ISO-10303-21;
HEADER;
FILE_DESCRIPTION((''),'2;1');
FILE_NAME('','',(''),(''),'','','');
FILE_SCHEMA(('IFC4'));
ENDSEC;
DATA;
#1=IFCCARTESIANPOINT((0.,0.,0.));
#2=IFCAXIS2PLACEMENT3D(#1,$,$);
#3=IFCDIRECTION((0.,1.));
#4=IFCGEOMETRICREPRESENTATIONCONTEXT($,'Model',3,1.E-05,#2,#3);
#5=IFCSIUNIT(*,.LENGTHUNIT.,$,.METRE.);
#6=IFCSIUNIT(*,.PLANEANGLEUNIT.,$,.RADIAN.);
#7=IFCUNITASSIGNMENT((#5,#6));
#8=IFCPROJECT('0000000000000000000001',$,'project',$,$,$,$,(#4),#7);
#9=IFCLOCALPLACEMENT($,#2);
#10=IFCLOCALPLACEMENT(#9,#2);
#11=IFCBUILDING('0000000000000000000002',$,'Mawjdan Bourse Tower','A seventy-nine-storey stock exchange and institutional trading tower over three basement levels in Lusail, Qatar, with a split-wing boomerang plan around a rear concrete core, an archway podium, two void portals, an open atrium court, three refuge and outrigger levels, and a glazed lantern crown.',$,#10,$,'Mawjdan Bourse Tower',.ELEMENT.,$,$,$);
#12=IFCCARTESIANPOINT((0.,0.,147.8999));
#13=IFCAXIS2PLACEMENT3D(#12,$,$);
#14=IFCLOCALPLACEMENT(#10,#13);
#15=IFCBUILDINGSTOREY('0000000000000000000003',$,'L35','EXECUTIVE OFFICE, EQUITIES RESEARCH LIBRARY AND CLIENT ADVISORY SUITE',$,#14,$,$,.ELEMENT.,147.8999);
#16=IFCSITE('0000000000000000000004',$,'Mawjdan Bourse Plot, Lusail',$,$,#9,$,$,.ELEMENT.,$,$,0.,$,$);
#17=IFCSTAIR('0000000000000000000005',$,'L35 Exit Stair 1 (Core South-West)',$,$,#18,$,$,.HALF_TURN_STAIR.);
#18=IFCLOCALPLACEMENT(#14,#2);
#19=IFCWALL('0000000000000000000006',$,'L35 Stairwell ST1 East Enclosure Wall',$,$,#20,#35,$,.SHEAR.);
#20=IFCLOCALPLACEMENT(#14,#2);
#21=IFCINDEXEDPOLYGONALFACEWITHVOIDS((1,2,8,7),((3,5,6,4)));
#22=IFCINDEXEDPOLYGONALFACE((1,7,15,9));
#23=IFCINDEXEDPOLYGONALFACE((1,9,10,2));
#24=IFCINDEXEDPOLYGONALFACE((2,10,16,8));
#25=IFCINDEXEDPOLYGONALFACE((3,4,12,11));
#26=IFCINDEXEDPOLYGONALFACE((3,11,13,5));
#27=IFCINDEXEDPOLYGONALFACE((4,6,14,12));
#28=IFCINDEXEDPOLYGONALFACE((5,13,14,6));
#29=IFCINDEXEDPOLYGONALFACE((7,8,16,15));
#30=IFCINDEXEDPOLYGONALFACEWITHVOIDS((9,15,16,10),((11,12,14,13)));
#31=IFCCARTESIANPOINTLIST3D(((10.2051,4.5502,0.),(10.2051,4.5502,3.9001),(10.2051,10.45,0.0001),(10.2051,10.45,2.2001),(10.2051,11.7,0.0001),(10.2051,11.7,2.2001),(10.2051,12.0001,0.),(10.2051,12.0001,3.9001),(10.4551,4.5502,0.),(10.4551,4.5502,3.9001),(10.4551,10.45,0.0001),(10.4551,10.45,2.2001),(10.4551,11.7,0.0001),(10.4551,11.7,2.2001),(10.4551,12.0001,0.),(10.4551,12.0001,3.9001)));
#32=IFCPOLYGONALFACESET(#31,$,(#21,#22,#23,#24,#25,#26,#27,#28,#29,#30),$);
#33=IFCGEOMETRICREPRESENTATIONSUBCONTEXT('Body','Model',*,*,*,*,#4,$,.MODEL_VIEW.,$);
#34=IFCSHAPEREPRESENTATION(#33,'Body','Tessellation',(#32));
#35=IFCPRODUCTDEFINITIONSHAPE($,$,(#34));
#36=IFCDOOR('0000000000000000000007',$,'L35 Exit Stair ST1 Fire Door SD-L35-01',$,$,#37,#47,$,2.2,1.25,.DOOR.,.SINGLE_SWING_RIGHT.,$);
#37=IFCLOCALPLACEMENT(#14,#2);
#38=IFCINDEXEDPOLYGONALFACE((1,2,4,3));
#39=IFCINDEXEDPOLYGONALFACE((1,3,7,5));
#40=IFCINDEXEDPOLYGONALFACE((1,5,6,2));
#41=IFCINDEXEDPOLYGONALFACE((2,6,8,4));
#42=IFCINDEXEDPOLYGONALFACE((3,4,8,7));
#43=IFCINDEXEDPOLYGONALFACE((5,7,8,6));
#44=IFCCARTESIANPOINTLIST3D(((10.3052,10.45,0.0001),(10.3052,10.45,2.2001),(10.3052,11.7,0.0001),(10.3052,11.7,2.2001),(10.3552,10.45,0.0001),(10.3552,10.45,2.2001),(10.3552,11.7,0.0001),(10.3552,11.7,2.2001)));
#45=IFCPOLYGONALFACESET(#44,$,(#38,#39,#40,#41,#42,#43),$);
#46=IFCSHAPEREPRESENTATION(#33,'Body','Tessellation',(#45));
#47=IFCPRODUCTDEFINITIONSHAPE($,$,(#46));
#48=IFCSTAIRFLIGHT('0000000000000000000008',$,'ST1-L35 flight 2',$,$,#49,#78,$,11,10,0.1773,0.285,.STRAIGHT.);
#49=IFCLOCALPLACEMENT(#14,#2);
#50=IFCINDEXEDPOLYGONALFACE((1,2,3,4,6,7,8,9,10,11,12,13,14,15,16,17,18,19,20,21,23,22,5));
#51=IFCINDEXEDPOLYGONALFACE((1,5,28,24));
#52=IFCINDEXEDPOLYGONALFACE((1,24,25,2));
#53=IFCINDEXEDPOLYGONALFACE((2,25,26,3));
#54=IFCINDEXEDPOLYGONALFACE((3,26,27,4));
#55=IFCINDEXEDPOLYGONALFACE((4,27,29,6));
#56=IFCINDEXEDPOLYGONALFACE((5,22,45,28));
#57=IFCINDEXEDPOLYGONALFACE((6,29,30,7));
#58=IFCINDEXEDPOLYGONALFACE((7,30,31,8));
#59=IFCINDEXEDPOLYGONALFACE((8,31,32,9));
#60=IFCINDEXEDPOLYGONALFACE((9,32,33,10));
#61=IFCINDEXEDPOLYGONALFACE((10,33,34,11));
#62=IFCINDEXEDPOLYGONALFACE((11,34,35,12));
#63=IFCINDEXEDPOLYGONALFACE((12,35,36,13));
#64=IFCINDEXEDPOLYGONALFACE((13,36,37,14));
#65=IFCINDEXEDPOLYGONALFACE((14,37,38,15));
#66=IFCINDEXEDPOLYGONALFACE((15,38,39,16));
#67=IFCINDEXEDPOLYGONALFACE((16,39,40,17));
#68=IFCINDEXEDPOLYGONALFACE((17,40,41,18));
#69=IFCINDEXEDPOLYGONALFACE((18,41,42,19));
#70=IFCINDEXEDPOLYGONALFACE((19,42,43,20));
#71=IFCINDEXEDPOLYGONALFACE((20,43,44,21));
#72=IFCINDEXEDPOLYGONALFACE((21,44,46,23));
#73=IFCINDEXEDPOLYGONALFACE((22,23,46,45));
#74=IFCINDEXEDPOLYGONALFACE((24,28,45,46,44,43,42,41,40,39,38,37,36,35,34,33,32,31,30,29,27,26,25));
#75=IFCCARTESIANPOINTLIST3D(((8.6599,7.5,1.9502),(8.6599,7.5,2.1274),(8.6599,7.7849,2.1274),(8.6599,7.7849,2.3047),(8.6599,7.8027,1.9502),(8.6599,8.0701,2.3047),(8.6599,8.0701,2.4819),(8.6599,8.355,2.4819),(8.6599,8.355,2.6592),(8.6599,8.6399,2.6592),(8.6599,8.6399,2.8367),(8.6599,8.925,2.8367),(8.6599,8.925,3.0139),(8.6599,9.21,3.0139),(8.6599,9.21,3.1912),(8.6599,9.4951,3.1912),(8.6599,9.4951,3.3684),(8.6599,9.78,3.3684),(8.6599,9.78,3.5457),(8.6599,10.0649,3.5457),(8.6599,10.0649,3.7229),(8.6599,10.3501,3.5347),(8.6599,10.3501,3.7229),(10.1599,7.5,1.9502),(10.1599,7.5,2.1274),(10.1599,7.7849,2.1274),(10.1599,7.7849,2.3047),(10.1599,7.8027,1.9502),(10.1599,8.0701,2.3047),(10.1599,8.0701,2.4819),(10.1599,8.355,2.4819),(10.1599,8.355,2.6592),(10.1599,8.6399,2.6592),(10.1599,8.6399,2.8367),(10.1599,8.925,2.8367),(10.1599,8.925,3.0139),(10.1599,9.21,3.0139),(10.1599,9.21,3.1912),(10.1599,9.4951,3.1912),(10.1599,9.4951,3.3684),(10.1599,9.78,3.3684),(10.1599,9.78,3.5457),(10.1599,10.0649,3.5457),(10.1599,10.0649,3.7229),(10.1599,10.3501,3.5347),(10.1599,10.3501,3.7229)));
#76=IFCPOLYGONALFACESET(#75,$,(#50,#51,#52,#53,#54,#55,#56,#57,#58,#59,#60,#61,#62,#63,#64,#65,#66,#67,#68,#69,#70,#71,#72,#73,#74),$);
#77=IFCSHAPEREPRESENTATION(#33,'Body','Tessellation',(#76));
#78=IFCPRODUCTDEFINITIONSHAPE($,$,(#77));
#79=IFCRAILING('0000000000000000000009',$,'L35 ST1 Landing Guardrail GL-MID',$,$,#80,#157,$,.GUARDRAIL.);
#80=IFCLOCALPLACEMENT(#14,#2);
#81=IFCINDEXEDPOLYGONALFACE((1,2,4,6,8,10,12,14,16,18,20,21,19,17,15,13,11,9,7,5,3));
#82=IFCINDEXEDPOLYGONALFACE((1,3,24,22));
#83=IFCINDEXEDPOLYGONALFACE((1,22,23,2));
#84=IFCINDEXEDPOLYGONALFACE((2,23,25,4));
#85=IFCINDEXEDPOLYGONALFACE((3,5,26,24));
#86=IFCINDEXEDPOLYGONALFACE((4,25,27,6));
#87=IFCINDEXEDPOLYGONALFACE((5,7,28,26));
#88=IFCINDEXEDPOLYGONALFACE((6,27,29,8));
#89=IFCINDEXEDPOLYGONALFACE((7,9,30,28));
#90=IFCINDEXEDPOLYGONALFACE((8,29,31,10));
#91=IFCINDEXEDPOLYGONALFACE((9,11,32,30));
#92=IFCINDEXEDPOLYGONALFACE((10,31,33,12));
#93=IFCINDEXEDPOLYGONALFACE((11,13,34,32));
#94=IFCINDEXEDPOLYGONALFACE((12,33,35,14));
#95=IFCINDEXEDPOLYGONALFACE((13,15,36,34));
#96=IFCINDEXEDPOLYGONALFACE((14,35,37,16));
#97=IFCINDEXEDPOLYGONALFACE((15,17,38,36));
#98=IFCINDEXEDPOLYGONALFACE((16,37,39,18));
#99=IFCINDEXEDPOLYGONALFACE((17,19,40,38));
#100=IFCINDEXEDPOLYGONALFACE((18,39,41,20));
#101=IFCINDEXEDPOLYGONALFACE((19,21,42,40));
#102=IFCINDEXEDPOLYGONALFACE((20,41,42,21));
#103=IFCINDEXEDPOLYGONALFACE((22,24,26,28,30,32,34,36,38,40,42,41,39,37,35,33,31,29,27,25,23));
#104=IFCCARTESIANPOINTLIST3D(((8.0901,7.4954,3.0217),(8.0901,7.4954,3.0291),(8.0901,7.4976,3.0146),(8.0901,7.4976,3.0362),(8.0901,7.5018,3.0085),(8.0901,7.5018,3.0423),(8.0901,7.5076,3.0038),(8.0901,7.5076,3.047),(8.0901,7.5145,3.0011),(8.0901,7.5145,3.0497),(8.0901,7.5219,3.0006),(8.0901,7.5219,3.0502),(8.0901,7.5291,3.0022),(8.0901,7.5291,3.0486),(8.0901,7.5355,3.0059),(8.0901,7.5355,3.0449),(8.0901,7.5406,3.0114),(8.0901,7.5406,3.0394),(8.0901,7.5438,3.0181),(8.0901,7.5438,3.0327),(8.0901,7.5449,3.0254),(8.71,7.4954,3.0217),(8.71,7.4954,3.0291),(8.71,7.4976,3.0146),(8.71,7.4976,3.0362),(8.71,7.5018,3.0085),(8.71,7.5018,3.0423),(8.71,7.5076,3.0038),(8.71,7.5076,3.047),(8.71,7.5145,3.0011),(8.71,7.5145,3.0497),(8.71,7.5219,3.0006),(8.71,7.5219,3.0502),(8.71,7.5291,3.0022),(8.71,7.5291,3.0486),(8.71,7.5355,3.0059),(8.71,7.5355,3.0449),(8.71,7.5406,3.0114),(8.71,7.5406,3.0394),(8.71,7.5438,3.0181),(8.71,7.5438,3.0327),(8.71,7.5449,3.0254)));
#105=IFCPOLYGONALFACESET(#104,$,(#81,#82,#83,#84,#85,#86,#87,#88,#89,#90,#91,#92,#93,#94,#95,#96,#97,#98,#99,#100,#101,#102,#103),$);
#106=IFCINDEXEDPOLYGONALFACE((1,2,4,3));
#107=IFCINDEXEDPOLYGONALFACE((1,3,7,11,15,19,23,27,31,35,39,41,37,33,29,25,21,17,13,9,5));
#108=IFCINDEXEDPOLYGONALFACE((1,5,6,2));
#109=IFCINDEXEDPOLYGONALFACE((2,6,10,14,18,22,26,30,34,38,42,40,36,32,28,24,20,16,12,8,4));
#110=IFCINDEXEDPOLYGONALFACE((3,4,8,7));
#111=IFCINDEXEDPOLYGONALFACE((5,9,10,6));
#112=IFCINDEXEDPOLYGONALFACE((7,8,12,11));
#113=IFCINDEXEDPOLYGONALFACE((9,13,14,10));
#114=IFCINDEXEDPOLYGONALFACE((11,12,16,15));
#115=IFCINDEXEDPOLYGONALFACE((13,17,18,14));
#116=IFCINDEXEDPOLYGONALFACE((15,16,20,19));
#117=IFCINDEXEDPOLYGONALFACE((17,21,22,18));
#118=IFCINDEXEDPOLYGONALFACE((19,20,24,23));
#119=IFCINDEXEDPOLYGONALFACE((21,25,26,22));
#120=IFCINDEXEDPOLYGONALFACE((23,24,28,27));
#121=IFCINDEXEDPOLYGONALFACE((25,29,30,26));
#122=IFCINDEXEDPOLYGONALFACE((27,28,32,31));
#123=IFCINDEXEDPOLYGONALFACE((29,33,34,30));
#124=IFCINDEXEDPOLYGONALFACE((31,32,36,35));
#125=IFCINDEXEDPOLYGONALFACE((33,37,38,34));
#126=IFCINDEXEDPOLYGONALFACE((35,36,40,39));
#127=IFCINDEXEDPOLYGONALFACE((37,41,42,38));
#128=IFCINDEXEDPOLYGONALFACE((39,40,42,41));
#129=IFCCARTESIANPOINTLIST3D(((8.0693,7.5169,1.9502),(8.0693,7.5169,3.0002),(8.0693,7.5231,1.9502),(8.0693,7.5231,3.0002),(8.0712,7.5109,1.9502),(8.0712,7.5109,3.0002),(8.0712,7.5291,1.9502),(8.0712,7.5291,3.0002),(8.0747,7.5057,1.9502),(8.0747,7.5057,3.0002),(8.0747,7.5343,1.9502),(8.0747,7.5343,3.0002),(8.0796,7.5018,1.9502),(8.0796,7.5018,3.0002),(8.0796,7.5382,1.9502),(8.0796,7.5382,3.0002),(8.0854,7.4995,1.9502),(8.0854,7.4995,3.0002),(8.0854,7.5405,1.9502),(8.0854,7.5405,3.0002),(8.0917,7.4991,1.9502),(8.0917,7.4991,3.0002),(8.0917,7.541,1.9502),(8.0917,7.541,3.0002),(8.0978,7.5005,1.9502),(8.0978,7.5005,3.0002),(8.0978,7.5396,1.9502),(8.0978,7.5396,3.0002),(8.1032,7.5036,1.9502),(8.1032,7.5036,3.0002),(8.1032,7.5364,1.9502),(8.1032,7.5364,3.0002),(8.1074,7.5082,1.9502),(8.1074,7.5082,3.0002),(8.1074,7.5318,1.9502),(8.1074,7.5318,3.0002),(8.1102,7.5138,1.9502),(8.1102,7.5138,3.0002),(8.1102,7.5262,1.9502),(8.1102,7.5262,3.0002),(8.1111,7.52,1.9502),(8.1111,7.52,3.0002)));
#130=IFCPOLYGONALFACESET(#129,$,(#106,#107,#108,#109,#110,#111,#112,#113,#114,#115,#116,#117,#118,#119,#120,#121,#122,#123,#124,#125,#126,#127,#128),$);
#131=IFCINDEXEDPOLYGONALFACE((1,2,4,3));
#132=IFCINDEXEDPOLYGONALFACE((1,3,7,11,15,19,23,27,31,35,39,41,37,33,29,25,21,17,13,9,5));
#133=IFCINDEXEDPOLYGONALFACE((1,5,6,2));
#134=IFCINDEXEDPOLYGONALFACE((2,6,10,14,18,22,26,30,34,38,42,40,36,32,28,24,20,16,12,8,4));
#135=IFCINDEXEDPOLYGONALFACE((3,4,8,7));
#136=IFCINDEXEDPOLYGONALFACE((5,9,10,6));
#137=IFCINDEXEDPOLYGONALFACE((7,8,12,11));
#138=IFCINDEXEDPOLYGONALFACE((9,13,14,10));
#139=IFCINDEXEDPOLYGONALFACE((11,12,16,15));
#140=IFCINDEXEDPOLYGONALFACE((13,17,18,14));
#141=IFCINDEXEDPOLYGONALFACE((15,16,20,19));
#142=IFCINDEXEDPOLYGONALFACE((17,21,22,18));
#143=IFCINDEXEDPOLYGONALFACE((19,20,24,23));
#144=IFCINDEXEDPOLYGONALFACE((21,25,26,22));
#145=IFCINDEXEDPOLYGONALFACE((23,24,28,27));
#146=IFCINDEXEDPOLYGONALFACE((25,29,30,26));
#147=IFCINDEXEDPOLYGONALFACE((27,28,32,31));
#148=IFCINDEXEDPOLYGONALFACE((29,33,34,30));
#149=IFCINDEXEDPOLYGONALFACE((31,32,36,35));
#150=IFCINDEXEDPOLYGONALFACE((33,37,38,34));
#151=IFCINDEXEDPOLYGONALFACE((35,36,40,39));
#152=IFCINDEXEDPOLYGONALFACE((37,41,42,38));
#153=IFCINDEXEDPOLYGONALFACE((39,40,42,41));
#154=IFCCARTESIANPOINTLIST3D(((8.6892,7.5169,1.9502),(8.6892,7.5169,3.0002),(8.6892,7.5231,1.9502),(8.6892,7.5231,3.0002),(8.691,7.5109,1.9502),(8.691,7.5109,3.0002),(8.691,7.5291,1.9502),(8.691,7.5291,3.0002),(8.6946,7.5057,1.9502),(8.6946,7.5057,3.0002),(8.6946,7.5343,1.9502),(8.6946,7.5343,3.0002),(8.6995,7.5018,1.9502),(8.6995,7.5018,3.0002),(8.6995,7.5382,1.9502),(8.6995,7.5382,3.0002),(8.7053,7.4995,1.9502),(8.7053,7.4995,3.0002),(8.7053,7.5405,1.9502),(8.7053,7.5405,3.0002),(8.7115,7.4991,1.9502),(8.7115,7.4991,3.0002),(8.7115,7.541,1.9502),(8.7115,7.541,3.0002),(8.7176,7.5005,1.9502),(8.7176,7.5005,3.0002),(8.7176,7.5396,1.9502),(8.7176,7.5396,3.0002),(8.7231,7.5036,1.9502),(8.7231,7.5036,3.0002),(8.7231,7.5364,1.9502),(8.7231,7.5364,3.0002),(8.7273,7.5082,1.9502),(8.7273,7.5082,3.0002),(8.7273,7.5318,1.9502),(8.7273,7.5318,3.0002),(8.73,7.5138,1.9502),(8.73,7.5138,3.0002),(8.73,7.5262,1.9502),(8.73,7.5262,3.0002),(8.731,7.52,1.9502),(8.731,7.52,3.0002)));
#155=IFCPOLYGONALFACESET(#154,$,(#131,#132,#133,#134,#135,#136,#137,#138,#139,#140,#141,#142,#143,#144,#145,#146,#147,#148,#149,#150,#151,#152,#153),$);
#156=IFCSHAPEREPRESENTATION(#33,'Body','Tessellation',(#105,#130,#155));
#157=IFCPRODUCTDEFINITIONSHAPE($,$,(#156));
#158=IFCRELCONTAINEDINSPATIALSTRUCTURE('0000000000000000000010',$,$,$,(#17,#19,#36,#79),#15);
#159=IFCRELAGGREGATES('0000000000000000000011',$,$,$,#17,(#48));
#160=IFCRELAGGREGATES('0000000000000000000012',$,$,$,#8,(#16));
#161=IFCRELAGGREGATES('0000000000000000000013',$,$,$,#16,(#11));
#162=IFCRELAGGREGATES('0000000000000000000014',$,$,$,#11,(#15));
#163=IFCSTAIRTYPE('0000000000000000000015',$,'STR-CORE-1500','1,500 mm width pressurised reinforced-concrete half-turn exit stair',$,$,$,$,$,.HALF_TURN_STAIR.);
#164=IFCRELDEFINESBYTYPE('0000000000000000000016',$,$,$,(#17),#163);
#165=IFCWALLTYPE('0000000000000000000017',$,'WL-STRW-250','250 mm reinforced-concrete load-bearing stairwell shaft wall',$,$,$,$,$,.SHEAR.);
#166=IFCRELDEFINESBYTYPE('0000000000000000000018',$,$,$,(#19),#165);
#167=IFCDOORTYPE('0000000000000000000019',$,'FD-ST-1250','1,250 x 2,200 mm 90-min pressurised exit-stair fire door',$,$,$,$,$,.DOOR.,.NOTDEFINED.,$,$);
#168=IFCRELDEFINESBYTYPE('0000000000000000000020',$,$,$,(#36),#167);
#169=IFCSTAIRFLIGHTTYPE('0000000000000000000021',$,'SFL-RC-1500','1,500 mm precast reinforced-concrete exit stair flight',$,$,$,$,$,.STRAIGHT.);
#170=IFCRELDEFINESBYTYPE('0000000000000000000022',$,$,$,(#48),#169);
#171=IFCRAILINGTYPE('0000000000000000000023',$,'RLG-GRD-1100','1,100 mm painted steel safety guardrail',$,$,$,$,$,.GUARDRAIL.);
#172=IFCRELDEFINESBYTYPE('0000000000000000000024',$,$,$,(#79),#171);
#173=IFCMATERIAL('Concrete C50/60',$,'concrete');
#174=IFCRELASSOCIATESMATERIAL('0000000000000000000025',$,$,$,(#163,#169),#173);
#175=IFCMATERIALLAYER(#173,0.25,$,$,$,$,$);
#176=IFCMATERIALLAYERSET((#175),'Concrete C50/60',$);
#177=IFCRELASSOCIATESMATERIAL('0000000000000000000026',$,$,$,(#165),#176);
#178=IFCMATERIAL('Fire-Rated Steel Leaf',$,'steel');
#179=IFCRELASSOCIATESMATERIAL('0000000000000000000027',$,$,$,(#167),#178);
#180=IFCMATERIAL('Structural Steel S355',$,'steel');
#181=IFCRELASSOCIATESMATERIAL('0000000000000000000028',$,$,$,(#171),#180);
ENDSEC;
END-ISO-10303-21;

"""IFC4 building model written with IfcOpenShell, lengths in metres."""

from ifc_helpers import new_model, si_unit, direction, frame, frame_2d, origin, origin_2d, place, context, subcontext, project, spatial, polyline, rectangle, circle, outline, extrude, material, layer, layer_set, type_object, element, fill, aggregate, save


model = new_model("IFC4")

# Units and contexts
model_context = context("Model", 3, precision=1e-05, world=origin(), true_north=direction((0.0, 1.0)))
body_context = subcontext(model_context, "Body", "Model", "MODEL_VIEW")
ifc_project = project(units=[si_unit("LENGTHUNIT", "METRE"), si_unit("PLANEANGLEUNIT", "RADIAN")], contexts=[model_context])

# Site, building, storey
site_placement = place(None, origin())
site = spatial("IfcSite", under=ifc_project, at=site_placement, Name="Mawjdan Bourse Plot, Lusail", CompositionType="ELEMENT", RefElevation=0.0)
building_placement = place(site_placement, origin())
building = spatial("IfcBuilding", under=site, at=building_placement, Name="Mawjdan Bourse Tower", Description="A seventy-nine-storey stock exchange and institutional trading tower over three basement levels in Lusail, Qatar, with a split-wing boomerang plan around a rear concrete core, an archway podium, two void portals, an open atrium court, three refuge and outrigger levels, and a glazed lantern crown.", LongName="Mawjdan Bourse Tower", CompositionType="ELEMENT")
storey_placement = place(building_placement, frame((0.0, 0.0, 147.8999)))
storey = spatial("IfcBuildingStorey", under=building, at=storey_placement, Name="L35", Description="EXECUTIVE OFFICE, EQUITIES RESEARCH LIBRARY AND CLIENT ADVISORY SUITE", CompositionType="ELEMENT", Elevation=147.8999)

# Shared definitions
ifc_material_1 = material(Name="Structural Steel S355", Category="steel")

# Stair
ifc_material_2 = material(Name="Concrete C50/60", Category="concrete")
stair_type = type_object("IfcStairType", Name="STR-CORE-1500", Description="1,500 mm width pressurised reinforced-concrete half-turn exit stair", PredefinedType="HALF_TURN_STAIR", material=ifc_material_2)
stair_1_placement = place(storey_placement, origin())
stair_1 = element("IfcStair", 1, at=stair_1_placement, inside=storey, type_object=stair_type, Name="L35 Exit Stair 1 (Core South-West)", PredefinedType="HALF_TURN_STAIR")

# Shared definitions
ifc_material_3 = material(Name="Fire-Rated Steel Leaf", Category="steel")

# Shared definitions
ifc_layer_1 = layer(ifc_material_2, 0.25)
ifc_layer_set_1 = layer_set([ifc_layer_1], Name="Concrete C50/60")
wall_type_1 = type_object("IfcWallType", Name="WL-STRW-250", Description="250 mm reinforced-concrete load-bearing stairwell shaft wall", PredefinedType="SHEAR", material=ifc_layer_set_1)

# Wall, opening, door
wall_1_placement = place(storey_placement, frame((10.3301, 4.55, 0.0), z_axis=(0.0, 0.0, 1.0), x_axis=(0.0, 1.0, 0.0)))
wall_1 = element("IfcWall", 2, at=wall_1_placement, inside=storey, type_object=wall_type_1, Name="L35 Stairwell ST1 East Enclosure Wall", PredefinedType="SHEAR", context=body_context, shape_type="SweptSolid", body=[
    extrude(rectangle(XDim=7.45, YDim=0.25, at=frame_2d((3.7251, 0.0))), origin(), (0.0, 0.0, 1.0), 3.9001),
])
opening_1_placement = place(wall_1_placement, frame((5.8999, 0.0, 0.0)))
opening_1 = element("IfcOpeningElement", 3, at=opening_1_placement, cuts=wall_1, PredefinedType="OPENING", context=body_context, shape_type="SweptSolid", body=[
    extrude(rectangle(XDim=1.25, YDim=2.2, at=frame_2d((0.625, 1.1001))), frame((0.0, 0.135, 0.0), z_axis=(0.0, -1.0, 0.0), x_axis=(1.0, 0.0, 0.0)), (0.0, 0.0, 1.0), 0.27),
])
door_type_1 = type_object("IfcDoorType", Name="FD-ST-1250", Description="1,250 x 2,200 mm 90-min pressurised exit-stair fire door", OperationType="NOTDEFINED", PredefinedType="DOOR", material=ifc_material_3)
door_1_placement = place(opening_1_placement, origin())
door_1 = element("IfcDoor", 4, at=door_1_placement, inside=storey, type_object=door_type_1, Name="L35 Exit Stair ST1 Fire Door SD-L35-01", OperationType="SINGLE_SWING_RIGHT", OverallHeight=2.2, OverallWidth=1.25, PredefinedType="DOOR", context=body_context, shape_type="SweptSolid", body=[
    extrude(rectangle(XDim=1.25, YDim=2.2, at=frame_2d((0.625, 1.1001))), frame((0.0, 0.0249, 0.0), z_axis=(0.0, -1.0, 0.0), x_axis=(1.0, 0.0, 0.0)), (0.0, 0.0, 1.0), 0.05),
])
fill(opening_1, door_1)

# Stair flight
stair_flight_type = type_object("IfcStairFlightType", Name="SFL-RC-1500", Description="1,500 mm precast reinforced-concrete exit stair flight", PredefinedType="STRAIGHT", material=ifc_material_2)
stair_flight_placement = place(storey_placement, frame((9.4099, 7.5, 1.9502), z_axis=(0.0, 0.0, 1.0), x_axis=(0.0, 1.0, 0.0)))
stair_flight = element("IfcStairFlight", 5, at=stair_flight_placement, type_object=stair_flight_type, Name="ST1-L35 flight 2", NumberOfRisers=11, NumberOfTreads=10, PredefinedType="STRAIGHT", RiserHeight=0.1773, TreadLength=0.285, context=body_context, shape_type="SweptSolid", body=[
    extrude(outline(polyline([(0.0, 0.0), (0.0, 0.1772), (0.2849, 0.1772), (0.2849, 0.3545), (0.5701, 0.3545), (0.5701, 0.5317), (0.855, 0.5317), (0.855, 0.709), (1.1399, 0.709), (1.1399, 0.8865), (1.425, 0.8865), (1.425, 1.0637), (1.71, 1.0637), (1.71, 1.241), (1.9951, 1.241), (1.9951, 1.4182), (2.28, 1.4182), (2.28, 1.5955), (2.5649, 1.5955), (2.5649, 1.7727), (2.8501, 1.7727), (2.8501, 1.95), (2.8501, 1.5845), (0.3027, 0.0), (0.0, 0.0)])), frame((0.0, 0.75, 0.0), z_axis=(0.0, -1.0, 0.0), x_axis=(1.0, 0.0, 0.0)), (0.0, 0.0, 1.0), 1.5),
])
aggregate(stair_1, [stair_flight])

# Railing
railing_type_1 = type_object("IfcRailingType", Name="RLG-GRD-1100", Description="1,100 mm painted steel safety guardrail", PredefinedType="GUARDRAIL", material=ifc_material_1)
for number, where, name in (
    (6, (8.0901, 7.52, 1.9502), "L35 ST1 Landing Guardrail GL-MID"),
):
    element("IfcRailing", number, at=place(storey_placement, frame(where)), inside=storey, type_object=railing_type_1, Name=name, PredefinedType="GUARDRAIL", context=body_context, shape_type="SweptSolid", body=[
        extrude(circle(Radius=0.0249, at=origin_2d()), frame((0.0, 0.0, 1.0752), z_axis=(1.0, 0.0, 0.0), x_axis=(0.0, 1.0, 0.0)), (0.0, 0.0, 1.0), 0.6199),
        extrude(circle(Radius=0.021, at=origin_2d()), origin(), (0.0, 0.0, 1.0), 1.05),
        extrude(circle(Radius=0.021, at=origin_2d()), frame((0.6199, 0.0, 0.0)), (0.0, 0.0, 1.0), 1.05),
    ])

save(model, "model.ifc")
